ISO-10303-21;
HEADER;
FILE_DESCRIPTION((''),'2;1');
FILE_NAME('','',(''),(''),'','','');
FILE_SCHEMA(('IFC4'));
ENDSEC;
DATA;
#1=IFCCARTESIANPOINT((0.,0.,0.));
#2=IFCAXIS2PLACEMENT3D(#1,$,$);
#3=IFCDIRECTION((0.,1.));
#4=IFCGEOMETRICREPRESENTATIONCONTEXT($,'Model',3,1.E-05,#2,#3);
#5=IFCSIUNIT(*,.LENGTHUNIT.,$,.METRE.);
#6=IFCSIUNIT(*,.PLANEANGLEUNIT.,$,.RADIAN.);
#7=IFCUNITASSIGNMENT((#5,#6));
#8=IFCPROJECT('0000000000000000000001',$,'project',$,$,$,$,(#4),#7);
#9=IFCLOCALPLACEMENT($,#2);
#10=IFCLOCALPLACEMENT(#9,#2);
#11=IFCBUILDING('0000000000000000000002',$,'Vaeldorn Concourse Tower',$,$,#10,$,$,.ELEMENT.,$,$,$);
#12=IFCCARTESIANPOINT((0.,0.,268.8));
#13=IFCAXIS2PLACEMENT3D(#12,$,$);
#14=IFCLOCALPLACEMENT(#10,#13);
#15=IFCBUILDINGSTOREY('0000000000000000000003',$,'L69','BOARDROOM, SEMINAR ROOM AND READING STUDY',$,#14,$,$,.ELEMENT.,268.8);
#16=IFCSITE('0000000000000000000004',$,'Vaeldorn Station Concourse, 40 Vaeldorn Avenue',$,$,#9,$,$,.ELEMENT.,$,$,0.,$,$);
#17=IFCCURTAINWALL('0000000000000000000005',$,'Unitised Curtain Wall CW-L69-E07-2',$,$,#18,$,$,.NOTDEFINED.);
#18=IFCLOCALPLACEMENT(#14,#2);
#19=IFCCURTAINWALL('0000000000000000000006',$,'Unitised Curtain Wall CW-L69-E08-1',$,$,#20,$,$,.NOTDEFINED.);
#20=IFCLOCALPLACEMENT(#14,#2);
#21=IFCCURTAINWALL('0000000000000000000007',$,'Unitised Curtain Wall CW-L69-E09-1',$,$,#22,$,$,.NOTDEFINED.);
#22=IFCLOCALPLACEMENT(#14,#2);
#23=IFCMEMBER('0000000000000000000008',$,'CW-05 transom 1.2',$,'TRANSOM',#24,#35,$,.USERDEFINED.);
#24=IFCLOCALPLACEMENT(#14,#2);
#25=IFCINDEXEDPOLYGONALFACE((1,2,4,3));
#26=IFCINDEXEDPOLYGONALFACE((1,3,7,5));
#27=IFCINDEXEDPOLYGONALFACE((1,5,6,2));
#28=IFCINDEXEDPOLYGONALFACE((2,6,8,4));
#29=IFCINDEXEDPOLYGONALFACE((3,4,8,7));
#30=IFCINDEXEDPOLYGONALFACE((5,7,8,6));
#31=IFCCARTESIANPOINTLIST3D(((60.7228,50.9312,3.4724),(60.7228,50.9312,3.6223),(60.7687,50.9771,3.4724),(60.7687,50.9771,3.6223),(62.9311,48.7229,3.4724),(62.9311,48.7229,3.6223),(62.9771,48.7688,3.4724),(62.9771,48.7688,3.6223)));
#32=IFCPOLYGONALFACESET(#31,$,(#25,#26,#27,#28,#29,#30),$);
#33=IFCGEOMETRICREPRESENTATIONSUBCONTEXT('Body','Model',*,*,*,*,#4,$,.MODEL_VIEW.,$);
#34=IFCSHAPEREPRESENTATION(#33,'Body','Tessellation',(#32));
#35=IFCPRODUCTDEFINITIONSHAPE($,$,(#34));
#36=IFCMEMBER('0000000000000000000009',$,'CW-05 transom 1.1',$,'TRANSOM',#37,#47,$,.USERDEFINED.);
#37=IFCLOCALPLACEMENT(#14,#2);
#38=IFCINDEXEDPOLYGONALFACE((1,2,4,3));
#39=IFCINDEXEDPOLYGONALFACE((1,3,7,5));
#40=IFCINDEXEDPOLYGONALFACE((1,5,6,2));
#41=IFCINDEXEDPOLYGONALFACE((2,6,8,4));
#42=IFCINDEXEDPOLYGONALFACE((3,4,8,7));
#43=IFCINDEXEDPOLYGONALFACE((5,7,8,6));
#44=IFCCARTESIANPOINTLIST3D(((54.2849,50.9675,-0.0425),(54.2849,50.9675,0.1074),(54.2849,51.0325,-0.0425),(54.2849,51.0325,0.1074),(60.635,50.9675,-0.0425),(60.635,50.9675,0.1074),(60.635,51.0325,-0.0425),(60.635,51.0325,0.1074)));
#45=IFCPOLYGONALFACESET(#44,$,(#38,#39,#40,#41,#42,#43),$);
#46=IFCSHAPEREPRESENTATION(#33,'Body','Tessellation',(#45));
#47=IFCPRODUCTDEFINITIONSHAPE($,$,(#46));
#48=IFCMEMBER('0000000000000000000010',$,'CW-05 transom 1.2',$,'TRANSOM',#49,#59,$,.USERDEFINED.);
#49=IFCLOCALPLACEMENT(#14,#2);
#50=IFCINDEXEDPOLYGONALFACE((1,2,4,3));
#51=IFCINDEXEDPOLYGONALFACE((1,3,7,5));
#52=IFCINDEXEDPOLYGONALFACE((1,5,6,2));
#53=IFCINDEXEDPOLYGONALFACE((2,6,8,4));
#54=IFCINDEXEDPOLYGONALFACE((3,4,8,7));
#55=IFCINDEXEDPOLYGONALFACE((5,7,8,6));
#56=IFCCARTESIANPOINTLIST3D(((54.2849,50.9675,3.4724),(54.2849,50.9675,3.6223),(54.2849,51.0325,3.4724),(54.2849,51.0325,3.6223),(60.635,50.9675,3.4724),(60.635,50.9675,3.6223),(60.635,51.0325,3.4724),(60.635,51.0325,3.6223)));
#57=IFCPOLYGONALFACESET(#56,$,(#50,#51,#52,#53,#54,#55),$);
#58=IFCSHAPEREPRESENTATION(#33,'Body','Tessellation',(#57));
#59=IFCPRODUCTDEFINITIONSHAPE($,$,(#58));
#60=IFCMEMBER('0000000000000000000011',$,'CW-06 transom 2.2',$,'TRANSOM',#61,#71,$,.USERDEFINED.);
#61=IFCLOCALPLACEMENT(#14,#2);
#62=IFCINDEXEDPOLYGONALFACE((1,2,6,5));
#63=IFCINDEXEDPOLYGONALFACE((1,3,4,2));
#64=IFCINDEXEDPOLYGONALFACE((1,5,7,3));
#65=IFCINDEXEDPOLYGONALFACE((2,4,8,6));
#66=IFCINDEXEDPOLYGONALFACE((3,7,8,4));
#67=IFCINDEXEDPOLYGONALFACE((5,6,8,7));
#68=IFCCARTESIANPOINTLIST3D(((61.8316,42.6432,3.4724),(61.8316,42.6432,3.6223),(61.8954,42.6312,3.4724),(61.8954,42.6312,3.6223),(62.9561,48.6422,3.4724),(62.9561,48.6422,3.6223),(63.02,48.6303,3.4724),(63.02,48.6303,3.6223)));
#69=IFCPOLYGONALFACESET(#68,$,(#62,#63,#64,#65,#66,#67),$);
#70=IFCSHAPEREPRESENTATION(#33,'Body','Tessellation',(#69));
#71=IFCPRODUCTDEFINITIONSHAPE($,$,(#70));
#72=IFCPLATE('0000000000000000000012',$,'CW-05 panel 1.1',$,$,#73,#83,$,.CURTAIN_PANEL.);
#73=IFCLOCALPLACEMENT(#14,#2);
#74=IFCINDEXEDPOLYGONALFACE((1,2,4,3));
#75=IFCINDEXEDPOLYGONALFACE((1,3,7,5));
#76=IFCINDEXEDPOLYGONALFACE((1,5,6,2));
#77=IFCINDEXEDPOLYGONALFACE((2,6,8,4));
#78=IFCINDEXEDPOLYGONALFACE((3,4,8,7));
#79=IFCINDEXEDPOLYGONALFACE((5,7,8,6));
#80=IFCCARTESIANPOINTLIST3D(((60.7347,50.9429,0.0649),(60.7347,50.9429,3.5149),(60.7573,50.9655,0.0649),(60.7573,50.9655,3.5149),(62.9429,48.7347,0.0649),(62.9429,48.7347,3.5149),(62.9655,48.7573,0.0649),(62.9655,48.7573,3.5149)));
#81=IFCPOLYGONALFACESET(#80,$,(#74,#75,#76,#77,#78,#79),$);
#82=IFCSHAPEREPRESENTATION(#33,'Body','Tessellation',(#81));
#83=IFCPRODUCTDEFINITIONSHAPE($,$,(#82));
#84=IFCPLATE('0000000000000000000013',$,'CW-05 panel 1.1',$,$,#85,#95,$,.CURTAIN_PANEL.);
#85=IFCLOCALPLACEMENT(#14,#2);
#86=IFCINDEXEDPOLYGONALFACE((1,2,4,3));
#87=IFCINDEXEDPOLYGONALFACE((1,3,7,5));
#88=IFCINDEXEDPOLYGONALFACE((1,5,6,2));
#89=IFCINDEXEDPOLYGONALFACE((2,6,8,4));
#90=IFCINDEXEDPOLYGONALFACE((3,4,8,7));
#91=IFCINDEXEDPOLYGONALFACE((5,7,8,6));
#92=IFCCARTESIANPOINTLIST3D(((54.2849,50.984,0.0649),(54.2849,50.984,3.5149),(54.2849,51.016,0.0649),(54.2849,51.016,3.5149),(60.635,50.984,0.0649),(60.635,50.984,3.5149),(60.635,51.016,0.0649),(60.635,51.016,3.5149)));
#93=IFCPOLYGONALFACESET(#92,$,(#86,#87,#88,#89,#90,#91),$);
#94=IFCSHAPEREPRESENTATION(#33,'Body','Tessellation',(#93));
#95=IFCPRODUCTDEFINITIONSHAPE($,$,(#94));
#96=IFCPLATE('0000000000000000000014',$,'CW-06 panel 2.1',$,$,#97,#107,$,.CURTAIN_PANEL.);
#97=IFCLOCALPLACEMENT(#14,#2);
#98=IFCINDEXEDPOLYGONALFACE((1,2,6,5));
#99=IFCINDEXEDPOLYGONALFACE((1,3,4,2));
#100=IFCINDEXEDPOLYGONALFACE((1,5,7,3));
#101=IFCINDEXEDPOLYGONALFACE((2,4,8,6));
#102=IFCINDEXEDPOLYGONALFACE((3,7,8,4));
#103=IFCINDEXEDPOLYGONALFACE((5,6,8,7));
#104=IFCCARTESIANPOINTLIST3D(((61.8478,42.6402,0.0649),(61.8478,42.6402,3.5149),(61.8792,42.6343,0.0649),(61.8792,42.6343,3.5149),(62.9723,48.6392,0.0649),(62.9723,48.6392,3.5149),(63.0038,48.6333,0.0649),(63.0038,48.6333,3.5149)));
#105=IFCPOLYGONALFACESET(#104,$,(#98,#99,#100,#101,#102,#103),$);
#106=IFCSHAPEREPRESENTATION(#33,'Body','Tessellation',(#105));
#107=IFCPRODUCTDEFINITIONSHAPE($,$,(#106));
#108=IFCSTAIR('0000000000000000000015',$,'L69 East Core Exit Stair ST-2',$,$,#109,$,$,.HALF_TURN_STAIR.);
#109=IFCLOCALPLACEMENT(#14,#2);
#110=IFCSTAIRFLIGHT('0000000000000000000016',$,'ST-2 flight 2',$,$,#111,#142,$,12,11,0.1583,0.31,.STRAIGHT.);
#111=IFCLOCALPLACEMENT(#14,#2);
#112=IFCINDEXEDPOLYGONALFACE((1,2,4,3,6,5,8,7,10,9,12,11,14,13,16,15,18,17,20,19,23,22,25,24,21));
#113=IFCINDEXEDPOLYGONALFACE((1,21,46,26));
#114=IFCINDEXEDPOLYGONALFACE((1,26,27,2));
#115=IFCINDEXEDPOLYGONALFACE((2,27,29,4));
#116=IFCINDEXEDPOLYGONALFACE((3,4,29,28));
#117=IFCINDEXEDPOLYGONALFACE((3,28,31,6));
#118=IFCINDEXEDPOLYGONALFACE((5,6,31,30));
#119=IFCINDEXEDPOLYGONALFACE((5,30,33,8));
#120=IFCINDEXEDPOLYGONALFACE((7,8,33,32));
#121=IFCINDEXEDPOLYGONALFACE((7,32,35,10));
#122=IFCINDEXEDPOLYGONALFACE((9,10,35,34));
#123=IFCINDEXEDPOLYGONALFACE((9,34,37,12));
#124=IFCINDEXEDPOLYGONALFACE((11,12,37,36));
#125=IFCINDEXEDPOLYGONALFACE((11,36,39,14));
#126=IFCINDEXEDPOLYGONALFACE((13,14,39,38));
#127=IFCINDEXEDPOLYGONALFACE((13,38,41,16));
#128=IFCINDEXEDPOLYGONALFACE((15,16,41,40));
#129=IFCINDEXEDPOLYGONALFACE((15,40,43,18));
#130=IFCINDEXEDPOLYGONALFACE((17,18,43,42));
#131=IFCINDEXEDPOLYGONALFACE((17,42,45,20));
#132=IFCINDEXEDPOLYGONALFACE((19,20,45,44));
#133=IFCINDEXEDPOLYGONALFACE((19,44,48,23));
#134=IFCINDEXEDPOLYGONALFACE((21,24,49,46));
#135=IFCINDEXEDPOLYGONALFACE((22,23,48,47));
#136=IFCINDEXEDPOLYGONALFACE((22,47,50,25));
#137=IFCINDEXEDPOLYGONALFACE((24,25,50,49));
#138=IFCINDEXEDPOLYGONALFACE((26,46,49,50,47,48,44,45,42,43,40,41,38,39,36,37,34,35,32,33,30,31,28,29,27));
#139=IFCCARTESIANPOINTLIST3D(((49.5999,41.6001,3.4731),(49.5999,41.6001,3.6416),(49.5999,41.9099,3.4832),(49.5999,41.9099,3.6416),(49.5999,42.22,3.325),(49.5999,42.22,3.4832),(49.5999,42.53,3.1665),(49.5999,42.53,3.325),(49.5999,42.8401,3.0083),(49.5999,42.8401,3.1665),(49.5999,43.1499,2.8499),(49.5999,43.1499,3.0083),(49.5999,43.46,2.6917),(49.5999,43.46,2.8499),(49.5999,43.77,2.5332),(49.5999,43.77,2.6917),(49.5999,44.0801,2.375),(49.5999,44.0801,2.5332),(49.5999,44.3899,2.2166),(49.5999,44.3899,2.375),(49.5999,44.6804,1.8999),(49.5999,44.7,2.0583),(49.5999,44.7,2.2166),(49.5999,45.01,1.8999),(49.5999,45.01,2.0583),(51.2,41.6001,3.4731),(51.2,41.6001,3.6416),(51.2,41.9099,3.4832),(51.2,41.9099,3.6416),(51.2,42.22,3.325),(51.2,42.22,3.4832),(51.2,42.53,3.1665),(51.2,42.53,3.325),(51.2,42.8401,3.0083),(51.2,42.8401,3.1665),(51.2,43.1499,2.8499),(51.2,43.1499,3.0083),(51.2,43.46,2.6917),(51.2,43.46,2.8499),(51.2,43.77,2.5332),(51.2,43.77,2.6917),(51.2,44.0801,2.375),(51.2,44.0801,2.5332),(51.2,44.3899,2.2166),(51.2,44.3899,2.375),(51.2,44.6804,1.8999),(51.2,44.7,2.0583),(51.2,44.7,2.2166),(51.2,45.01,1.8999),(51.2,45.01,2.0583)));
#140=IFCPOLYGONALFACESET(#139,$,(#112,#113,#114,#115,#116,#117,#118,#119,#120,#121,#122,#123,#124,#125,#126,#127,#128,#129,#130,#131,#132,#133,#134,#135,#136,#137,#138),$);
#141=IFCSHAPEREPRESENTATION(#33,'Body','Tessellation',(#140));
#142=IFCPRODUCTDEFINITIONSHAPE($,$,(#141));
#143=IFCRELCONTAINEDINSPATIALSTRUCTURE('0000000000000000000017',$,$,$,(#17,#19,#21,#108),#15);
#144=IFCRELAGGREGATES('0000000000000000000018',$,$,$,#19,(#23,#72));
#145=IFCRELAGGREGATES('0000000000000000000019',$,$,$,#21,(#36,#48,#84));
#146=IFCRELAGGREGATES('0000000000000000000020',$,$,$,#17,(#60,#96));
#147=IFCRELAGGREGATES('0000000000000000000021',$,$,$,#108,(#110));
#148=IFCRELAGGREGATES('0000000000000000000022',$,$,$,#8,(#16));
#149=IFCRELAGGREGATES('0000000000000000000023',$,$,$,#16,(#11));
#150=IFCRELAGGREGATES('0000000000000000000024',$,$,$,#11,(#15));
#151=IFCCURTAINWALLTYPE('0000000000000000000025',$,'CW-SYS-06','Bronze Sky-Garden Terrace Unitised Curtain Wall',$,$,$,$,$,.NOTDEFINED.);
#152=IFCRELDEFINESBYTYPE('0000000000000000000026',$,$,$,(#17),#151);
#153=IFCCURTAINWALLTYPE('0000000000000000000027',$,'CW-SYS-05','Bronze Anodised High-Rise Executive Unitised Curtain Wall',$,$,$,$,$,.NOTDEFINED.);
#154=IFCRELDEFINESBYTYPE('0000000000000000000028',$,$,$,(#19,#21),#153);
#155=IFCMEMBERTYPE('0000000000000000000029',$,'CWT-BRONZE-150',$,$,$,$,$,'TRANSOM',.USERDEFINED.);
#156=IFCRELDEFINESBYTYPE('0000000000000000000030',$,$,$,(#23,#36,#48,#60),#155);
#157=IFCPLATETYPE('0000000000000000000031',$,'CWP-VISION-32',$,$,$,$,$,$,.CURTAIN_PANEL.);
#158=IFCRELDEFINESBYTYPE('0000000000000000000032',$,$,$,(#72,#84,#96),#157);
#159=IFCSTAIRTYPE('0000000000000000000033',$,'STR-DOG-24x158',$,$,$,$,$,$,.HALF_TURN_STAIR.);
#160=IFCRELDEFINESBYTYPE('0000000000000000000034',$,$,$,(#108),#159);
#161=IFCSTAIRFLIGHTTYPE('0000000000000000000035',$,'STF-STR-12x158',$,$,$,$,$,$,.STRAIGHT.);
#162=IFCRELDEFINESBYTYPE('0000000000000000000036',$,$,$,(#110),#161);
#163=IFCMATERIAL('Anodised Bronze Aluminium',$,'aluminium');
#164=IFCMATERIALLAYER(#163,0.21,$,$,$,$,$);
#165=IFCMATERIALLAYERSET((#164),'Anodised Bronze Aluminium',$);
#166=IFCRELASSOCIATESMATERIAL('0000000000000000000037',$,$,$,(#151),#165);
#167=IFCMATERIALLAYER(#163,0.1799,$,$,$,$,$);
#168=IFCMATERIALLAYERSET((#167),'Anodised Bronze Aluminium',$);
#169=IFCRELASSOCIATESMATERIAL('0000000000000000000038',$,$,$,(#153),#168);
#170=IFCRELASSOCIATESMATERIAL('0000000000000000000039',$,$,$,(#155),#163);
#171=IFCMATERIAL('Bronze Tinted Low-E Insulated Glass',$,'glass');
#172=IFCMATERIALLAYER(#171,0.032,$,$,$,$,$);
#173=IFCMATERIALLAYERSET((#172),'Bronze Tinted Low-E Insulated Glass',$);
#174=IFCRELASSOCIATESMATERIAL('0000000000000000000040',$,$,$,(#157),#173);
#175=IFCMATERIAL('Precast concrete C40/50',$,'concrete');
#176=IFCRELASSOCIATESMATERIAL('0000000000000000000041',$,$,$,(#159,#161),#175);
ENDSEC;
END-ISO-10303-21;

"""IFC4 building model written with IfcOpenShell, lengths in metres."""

from ifc_helpers import new_model, si_unit, direction, frame, origin, origin_2d, place, context, subcontext, project, spatial, polyline, rectangle, outline, extrude, source, transform, mapped, material, layer, layer_set, material_profile, profile_set, type_object, element, aggregate, save


model = new_model("IFC4")

# Units and contexts
model_context = context("Model", 3, precision=1e-05, world=origin(), true_north=direction((0.0, 1.0)))
body_context = subcontext(model_context, "Body", "Model", "MODEL_VIEW")
ifc_project = project(units=[si_unit("LENGTHUNIT", "METRE"), si_unit("PLANEANGLEUNIT", "RADIAN")], contexts=[model_context])

# Site, building, storey
site_placement = place(None, origin())
site = spatial("IfcSite", under=ifc_project, at=site_placement, Name="Vaeldorn Station Concourse, 40 Vaeldorn Avenue", CompositionType="ELEMENT", RefElevation=0.0)
building_placement = place(site_placement, origin())
building = spatial("IfcBuilding", under=site, at=building_placement, Name="Vaeldorn Concourse Tower", CompositionType="ELEMENT")
storey_placement = place(building_placement, frame((0.0, 0.0, 268.8)))
storey = spatial("IfcBuildingStorey", under=building, at=storey_placement, Name="L69", Description="BOARDROOM, SEMINAR ROOM AND READING STUDY", CompositionType="ELEMENT", Elevation=268.8)

# Curtain wall
ifc_material_1 = material(Name="Anodised Bronze Aluminium", Category="aluminium")
ifc_layer_1 = layer(ifc_material_1, 0.21)
ifc_layer_set_1 = layer_set([ifc_layer_1], Name="Anodised Bronze Aluminium")
curtain_wall_type_1 = type_object("IfcCurtainWallType", Name="CW-SYS-06", Description="Bronze Sky-Garden Terrace Unitised Curtain Wall", PredefinedType="NOTDEFINED", material=ifc_layer_set_1)
curtain_wall_1_placement = place(storey_placement, origin())
curtain_wall_1 = element("IfcCurtainWall", 1, at=curtain_wall_1_placement, inside=storey, type_object=curtain_wall_type_1, Name="Unitised Curtain Wall CW-L69-E07-2", PredefinedType="NOTDEFINED")

# Curtain walls
ifc_layer_2 = layer(ifc_material_1, 0.1799)
ifc_layer_set_2 = layer_set([ifc_layer_2], Name="Anodised Bronze Aluminium")
curtain_wall_type_2 = type_object("IfcCurtainWallType", Name="CW-SYS-05", Description="Bronze Anodised High-Rise Executive Unitised Curtain Wall", PredefinedType="NOTDEFINED", material=ifc_layer_set_2)
curtain_wall_2_placement = place(storey_placement, origin())
curtain_wall_2 = element("IfcCurtainWall", 2, at=curtain_wall_2_placement, inside=storey, type_object=curtain_wall_type_2, Name="Unitised Curtain Wall CW-L69-E08-1", PredefinedType="NOTDEFINED")
curtain_wall_3_placement = place(storey_placement, origin())
curtain_wall_3 = element("IfcCurtainWall", 3, at=curtain_wall_3_placement, inside=storey, type_object=curtain_wall_type_2, Name="Unitised Curtain Wall CW-L69-E09-1", PredefinedType="NOTDEFINED")

# Members
ifc_material_profile_1 = material_profile(ifc_material_1, rectangle(XDim=0.0649, YDim=0.1499, at=origin_2d()), Name="CWT 65x150")
ifc_profile_set_1 = profile_set([ifc_material_profile_1], Name="Anodised Bronze Aluminium")
member_type_1 = type_object("IfcMemberType", Name="CWT-BRONZE-150", ElementType="TRANSOM", PredefinedType="USERDEFINED", material=ifc_profile_set_1)
shared_shape_1 = source(origin(), body_context, "Body", "SweptSolid", [
    extrude(rectangle(XDim=0.0649, YDim=0.1499, at=origin_2d()), origin(), (0.0, 0.0, 1.0), 3.123),
])
member_1_placement = place(storey_placement, frame((62.9541, 48.7458, 3.5474), z_axis=(-0.707107, 0.707107, 0.0), x_axis=(-0.707107, -0.707107, 0.0)))
member_1 = element("IfcMember", 4, at=member_1_placement, type_object=member_type_1, Name="CW-05 transom 1.2", ObjectType="TRANSOM", PredefinedType="USERDEFINED", context=body_context, shape_type="MappedRepresentation", body=[
    mapped(shared_shape_1, transform((0.0, 0.0, 0.0), scale=1.0)),
])
shared_shape_2 = source(origin(), body_context, "Body", "SweptSolid", [
    extrude(rectangle(XDim=0.0649, YDim=0.1499, at=origin_2d()), origin(), (0.0, 0.0, 1.0), 6.3501),
])
member_2_placement = place(storey_placement, frame((60.635, 51.0, 0.0325), z_axis=(-1.0, 0.0, 0.0), x_axis=(0.0, -1.0, 0.0)))
member_2 = element("IfcMember", 5, at=member_2_placement, type_object=member_type_1, Name="CW-05 transom 1.1", ObjectType="TRANSOM", PredefinedType="USERDEFINED", context=body_context, shape_type="MappedRepresentation", body=[
    mapped(shared_shape_2, transform((0.0, 0.0, 0.0), scale=1.0)),
])
member_3_placement = place(storey_placement, frame((60.635, 51.0, 3.5474), z_axis=(-1.0, 0.0, 0.0), x_axis=(0.0, -1.0, 0.0)))
member_3 = element("IfcMember", 6, at=member_3_placement, type_object=member_type_1, Name="CW-05 transom 1.2", ObjectType="TRANSOM", PredefinedType="USERDEFINED", context=body_context, shape_type="MappedRepresentation", body=[
    mapped(shared_shape_2, transform((0.0, 0.0, 0.0), scale=1.0)),
])
shared_shape_3 = source(origin(), body_context, "Body", "SweptSolid", [
    extrude(rectangle(XDim=0.0649, YDim=0.1499, at=origin_2d()), origin(), (0.0, 0.0, 1.0), 6.1035),
])
member_4_placement = place(storey_placement, frame((61.8635, 42.6372, 3.5474), z_axis=(0.18424, 0.982881, 0.0), x_axis=(-0.982881, 0.18424, 0.0)))
member_4 = element("IfcMember", 7, at=member_4_placement, type_object=member_type_1, Name="CW-06 transom 2.2", ObjectType="TRANSOM", PredefinedType="USERDEFINED", context=body_context, shape_type="MappedRepresentation", body=[
    mapped(shared_shape_3, transform((0.0, 0.0, 0.0), scale=1.0)),
])

# Plates
ifc_material_2 = material(Name="Bronze Tinted Low-E Insulated Glass", Category="glass")
ifc_layer_3 = layer(ifc_material_2, 0.032)
ifc_layer_set_3 = layer_set([ifc_layer_3], Name="Bronze Tinted Low-E Insulated Glass")
plate_type = type_object("IfcPlateType", Name="CWP-VISION-32", PredefinedType="CURTAIN_PANEL", material=ifc_layer_set_3)
shared_shape_4 = source(origin(), body_context, "Body", "SweptSolid", [
    extrude(rectangle(XDim=3.1228, YDim=0.032, at=origin_2d()), origin(), (0.0, 0.0, 1.0), 3.45),
])
plate_1_placement = place(storey_placement, frame((61.8501, 49.8501, 0.0649), z_axis=(0.0, 0.0, 1.0), x_axis=(-0.707107, 0.707107, 0.0)))
plate_1 = element("IfcPlate", 8, at=plate_1_placement, type_object=plate_type, Name="CW-05 panel 1.1", PredefinedType="CURTAIN_PANEL", context=body_context, shape_type="MappedRepresentation", body=[
    mapped(shared_shape_4, transform((0.0, 0.0, 0.0), scale=1.0)),
])
aggregate(curtain_wall_2, [member_1, plate_1])
shared_shape_5 = source(origin(), body_context, "Body", "SweptSolid", [
    extrude(rectangle(XDim=6.3501, YDim=0.032, at=origin_2d()), origin(), (0.0, 0.0, 1.0), 3.45),
])
plate_2_placement = place(storey_placement, frame((57.46, 51.0, 0.0649), z_axis=(0.0, 0.0, 1.0), x_axis=(-1.0, 0.0, 0.0)))
plate_2 = element("IfcPlate", 9, at=plate_2_placement, type_object=plate_type, Name="CW-05 panel 1.1", PredefinedType="CURTAIN_PANEL", context=body_context, shape_type="MappedRepresentation", body=[
    mapped(shared_shape_5, transform((0.0, 0.0, 0.0), scale=1.0)),
])
aggregate(curtain_wall_3, [member_2, member_3, plate_2])
shared_shape_6 = source(origin(), body_context, "Body", "SweptSolid", [
    extrude(rectangle(XDim=6.1035, YDim=0.032, at=origin_2d()), origin(), (0.0, 0.0, 1.0), 3.45),
])
plate_3_placement = place(storey_placement, frame((62.4258, 45.6367, 0.0649), z_axis=(0.0, 0.0, 1.0), x_axis=(0.184246, 0.98288, 0.0)))
plate_3 = element("IfcPlate", 10, at=plate_3_placement, type_object=plate_type, Name="CW-06 panel 2.1", PredefinedType="CURTAIN_PANEL", context=body_context, shape_type="MappedRepresentation", body=[
    mapped(shared_shape_6, transform((0.0, 0.0, 0.0), scale=1.0)),
])
aggregate(curtain_wall_1, [member_4, plate_3])

# Stair, stair flight
ifc_material_3 = material(Name="Precast concrete C40/50", Category="concrete")
stair_type = type_object("IfcStairType", Name="STR-DOG-24x158", PredefinedType="HALF_TURN_STAIR", material=ifc_material_3)
stair_placement = place(storey_placement, origin())
stair = element("IfcStair", 11, at=stair_placement, inside=storey, type_object=stair_type, Name="L69 East Core Exit Stair ST-2", PredefinedType="HALF_TURN_STAIR")
stair_flight_type = type_object("IfcStairFlightType", Name="STF-STR-12x158", PredefinedType="STRAIGHT", material=ifc_material_3)
stair_flight_placement = place(storey_placement, frame((50.3999, 45.01, 1.8999), z_axis=(0.0, 0.0, 1.0), x_axis=(0.0, -1.0, 0.0)))
stair_flight = element("IfcStairFlight", 12, at=stair_flight_placement, type_object=stair_flight_type, Name="ST-2 flight 2", NumberOfRisers=12, NumberOfTreads=11, PredefinedType="STRAIGHT", RiserHeight=0.1583, TreadLength=0.31, context=body_context, shape_type="SweptSolid", body=[
    extrude(outline(polyline([(0.0, 0.0), (0.0, 0.1584), (0.3101, 0.1584), (0.3101, 0.3167), (0.6201, 0.3167), (0.6201, 0.4751), (0.9299, 0.4751), (0.9299, 0.6333), (1.24, 0.6333), (1.24, 0.7917), (1.55, 0.7917), (1.55, 0.95), (1.8601, 0.95), (1.8601, 1.1084), (2.1699, 1.1084), (2.1699, 1.2666), (2.48, 1.2666), (2.48, 1.425), (2.79, 1.425), (2.79, 1.5833), (3.1001, 1.5833), (3.1001, 1.7417), (3.4099, 1.7417), (3.4099, 1.8999), (3.4099, 1.5732), (0.3296, 0.0), (0.0, 0.0)])), frame((0.0, 0.8, 0.0), z_axis=(0.0, -1.0, 0.0), x_axis=(1.0, 0.0, 0.0)), (0.0, 0.0, 1.0), 1.6001),
])
aggregate(stair, [stair_flight])

save(model, "model.ifc")
